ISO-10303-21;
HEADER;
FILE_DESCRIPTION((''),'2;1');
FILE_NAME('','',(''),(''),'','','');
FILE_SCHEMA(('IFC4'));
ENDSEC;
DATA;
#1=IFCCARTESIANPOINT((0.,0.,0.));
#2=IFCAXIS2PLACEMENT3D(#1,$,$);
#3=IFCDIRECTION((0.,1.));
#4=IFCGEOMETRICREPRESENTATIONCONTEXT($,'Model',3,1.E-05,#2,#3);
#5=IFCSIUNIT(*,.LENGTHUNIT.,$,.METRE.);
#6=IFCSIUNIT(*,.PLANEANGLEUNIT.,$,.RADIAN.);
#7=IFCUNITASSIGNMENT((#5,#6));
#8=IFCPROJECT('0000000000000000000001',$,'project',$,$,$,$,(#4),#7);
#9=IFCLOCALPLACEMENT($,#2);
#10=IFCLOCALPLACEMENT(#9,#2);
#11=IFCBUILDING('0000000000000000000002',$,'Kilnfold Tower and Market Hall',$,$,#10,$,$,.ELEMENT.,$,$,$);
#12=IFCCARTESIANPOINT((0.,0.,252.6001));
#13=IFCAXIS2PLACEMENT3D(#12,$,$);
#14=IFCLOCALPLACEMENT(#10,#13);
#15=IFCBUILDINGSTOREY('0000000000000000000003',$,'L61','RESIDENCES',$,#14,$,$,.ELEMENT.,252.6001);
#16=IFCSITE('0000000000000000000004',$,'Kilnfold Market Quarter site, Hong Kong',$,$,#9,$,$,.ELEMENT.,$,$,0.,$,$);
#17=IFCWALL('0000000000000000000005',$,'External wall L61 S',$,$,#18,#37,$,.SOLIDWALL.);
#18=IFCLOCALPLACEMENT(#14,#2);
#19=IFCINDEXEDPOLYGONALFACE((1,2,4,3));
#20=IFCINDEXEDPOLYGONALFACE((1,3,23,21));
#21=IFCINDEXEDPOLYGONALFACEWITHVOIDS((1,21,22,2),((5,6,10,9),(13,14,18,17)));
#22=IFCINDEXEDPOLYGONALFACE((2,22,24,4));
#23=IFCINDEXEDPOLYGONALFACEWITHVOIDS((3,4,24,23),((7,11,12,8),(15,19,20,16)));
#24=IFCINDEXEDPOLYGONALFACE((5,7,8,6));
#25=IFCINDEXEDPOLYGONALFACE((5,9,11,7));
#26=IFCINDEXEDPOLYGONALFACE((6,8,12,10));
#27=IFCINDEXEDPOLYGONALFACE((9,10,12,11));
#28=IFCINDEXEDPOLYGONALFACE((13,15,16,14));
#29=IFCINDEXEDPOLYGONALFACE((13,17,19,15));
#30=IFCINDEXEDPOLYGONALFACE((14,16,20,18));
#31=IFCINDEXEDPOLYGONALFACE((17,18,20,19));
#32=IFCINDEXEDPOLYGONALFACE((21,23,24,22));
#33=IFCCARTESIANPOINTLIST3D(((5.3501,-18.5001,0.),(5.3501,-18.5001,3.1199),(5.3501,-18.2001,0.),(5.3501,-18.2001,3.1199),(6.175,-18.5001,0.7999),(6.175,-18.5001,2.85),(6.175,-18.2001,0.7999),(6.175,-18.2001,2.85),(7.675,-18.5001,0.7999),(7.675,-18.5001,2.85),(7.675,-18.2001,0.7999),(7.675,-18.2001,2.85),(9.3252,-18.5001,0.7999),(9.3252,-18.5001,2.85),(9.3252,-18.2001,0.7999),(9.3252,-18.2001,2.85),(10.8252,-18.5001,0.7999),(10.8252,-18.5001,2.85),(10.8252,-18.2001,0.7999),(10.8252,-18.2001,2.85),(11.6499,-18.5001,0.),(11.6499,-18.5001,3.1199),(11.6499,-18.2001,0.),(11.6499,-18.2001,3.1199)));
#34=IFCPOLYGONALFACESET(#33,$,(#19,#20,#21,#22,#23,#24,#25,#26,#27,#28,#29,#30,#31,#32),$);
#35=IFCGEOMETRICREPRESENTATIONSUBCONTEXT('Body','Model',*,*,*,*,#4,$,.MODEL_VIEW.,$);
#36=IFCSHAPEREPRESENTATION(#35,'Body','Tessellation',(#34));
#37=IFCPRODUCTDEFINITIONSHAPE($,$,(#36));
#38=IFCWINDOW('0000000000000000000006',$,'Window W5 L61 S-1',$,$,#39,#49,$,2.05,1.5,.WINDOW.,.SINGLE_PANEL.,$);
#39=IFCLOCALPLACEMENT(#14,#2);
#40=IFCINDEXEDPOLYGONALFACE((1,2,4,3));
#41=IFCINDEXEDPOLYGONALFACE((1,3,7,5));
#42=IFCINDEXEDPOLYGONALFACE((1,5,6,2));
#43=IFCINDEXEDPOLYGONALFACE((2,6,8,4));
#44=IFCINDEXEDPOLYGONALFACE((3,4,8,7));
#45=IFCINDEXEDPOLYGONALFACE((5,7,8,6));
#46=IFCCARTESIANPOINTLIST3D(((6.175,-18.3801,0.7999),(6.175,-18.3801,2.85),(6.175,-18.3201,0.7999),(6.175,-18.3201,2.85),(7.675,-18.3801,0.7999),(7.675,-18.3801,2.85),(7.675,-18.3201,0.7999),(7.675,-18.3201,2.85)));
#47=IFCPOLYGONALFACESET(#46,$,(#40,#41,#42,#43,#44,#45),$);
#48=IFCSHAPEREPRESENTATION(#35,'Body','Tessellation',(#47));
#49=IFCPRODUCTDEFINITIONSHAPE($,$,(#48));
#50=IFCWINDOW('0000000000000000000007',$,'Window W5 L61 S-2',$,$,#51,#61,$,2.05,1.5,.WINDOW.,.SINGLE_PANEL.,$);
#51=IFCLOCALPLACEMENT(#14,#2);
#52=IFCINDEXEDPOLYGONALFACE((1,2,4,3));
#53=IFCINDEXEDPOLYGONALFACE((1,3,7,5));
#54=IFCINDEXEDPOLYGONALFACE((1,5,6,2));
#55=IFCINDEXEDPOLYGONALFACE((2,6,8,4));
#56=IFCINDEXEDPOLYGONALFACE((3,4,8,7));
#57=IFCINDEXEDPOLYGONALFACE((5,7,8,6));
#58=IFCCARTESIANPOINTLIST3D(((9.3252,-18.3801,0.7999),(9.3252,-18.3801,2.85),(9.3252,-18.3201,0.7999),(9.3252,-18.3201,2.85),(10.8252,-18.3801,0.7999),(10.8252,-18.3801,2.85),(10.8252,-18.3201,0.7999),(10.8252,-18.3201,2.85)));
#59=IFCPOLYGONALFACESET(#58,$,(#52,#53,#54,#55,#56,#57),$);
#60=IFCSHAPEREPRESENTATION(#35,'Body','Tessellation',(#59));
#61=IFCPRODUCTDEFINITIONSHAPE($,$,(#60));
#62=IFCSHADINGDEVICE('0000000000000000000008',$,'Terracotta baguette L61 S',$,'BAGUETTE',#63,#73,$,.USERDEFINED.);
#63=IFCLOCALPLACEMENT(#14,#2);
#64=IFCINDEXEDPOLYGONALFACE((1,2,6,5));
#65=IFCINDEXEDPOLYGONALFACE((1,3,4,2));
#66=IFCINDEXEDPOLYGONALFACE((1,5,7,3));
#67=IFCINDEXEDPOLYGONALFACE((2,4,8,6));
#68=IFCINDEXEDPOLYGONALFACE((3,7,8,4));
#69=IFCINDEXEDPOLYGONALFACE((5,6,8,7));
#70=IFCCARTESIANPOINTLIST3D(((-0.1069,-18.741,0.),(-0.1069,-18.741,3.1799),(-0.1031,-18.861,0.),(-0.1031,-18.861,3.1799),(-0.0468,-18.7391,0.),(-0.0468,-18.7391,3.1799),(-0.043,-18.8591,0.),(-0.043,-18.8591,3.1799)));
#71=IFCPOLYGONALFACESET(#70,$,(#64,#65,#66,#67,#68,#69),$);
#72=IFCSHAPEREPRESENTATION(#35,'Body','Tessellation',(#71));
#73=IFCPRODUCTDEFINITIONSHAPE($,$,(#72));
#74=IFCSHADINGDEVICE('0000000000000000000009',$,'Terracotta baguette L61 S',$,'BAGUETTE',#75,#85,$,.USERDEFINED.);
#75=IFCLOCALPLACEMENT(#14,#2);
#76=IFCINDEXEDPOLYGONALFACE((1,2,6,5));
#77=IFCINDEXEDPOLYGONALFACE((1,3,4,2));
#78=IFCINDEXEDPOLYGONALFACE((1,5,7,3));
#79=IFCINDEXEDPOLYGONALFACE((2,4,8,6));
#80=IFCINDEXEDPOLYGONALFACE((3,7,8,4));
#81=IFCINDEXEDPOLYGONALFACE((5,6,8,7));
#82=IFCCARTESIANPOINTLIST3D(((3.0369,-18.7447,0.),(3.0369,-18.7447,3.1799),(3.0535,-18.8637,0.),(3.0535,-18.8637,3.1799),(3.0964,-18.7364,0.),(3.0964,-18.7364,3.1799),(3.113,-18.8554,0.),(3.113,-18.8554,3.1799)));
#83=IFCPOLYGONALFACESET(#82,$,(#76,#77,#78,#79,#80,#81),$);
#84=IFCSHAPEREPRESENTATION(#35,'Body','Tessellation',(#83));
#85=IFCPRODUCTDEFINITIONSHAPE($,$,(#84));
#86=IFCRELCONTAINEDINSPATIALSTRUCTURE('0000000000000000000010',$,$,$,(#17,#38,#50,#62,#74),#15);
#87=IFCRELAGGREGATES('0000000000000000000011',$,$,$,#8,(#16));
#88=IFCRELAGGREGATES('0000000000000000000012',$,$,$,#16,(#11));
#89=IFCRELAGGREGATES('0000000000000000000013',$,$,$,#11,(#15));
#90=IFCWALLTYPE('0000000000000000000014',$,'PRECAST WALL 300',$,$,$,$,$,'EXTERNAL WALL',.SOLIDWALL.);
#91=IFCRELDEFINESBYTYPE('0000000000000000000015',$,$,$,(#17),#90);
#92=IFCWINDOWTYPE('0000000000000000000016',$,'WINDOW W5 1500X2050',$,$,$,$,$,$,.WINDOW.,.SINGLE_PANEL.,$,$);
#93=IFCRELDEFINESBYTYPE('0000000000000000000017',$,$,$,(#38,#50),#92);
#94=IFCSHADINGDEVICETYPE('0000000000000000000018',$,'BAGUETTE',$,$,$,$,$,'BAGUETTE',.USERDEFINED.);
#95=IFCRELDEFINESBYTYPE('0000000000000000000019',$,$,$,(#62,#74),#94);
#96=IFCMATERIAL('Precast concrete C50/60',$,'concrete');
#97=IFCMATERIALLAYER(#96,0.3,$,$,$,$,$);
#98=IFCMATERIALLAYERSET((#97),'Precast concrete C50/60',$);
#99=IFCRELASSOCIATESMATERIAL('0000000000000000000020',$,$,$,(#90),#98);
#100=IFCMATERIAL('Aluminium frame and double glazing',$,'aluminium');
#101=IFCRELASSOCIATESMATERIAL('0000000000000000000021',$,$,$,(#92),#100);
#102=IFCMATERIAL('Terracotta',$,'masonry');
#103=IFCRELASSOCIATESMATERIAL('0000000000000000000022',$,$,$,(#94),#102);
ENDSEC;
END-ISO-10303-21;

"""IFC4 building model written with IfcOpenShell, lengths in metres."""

from ifc_helpers import new_model, si_unit, direction, frame, frame_2d, origin, origin_2d, place, context, subcontext, project, spatial, rectangle, extrude, source, transform, mapped, material, layer, layer_set, material_profile, profile_set, type_object, element, fill, save


model = new_model("IFC4")

# Units and contexts
model_context = context("Model", 3, precision=1e-05, world=origin(), true_north=direction((0.0, 1.0)))
body_context = subcontext(model_context, "Body", "Model", "MODEL_VIEW")
ifc_project = project(units=[si_unit("LENGTHUNIT", "METRE"), si_unit("PLANEANGLEUNIT", "RADIAN")], contexts=[model_context])

# Site, building, storey
site_placement = place(None, origin())
site = spatial("IfcSite", under=ifc_project, at=site_placement, Name="Kilnfold Market Quarter site, Hong Kong", CompositionType="ELEMENT", RefElevation=0.0)
building_placement = place(site_placement, origin())
building = spatial("IfcBuilding", under=site, at=building_placement, Name="Kilnfold Tower and Market Hall", CompositionType="ELEMENT")
storey_placement = place(building_placement, frame((0.0, 0.0, 252.6001)))
storey = spatial("IfcBuildingStorey", under=building, at=storey_placement, Name="L61", Description="RESIDENCES", CompositionType="ELEMENT", Elevation=252.6001)

# Wall, openings, windows
ifc_material_1 = material(Name="Precast concrete C50/60", Category="concrete")
ifc_layer_1 = layer(ifc_material_1, 0.3)
ifc_layer_set_1 = layer_set([ifc_layer_1], Name="Precast concrete C50/60")
wall_type_1 = type_object("IfcWallType", Name="PRECAST WALL 300", ElementType="EXTERNAL WALL", PredefinedType="SOLIDWALL", material=ifc_layer_set_1)
shared_shape_1 = source(origin(), body_context, "Body", "SweptSolid", [
    extrude(rectangle(XDim=6.2998, YDim=0.3, at=frame_2d((3.1499, 0.0))), origin(), (0.0, 0.0, 1.0), 3.1199),
])
ifc_material_2 = material(Name="Aluminium frame and double glazing", Category="aluminium")
window_type = type_object("IfcWindowType", Name="WINDOW W5 1500X2050", PartitioningType="SINGLE_PANEL", PredefinedType="WINDOW", material=ifc_material_2)
wall_1_placement = place(storey_placement, frame((5.3501, -18.3501, 0.0), z_axis=(0.0, 0.0, 1.0), x_axis=(1.0, 0.0, 0.0)))
wall_1 = element("IfcWall", 1, at=wall_1_placement, inside=storey, type_object=wall_type_1, Name="External wall L61 S", PredefinedType="SOLIDWALL", context=body_context, shape_type="MappedRepresentation", body=[
    mapped(shared_shape_1, transform((0.0, 0.0, 0.0))),
])
opening_1_placement = place(wall_1_placement, frame((0.825, 0.0, 0.8)))
opening_1 = element("IfcOpeningElement", 2, at=opening_1_placement, cuts=wall_1, PredefinedType="OPENING", context=body_context, shape_type="SweptSolid", body=[
    extrude(rectangle(XDim=1.5, YDim=2.05, at=frame_2d((0.75, 1.0249))), frame((0.0, 0.1602, 0.0), z_axis=(0.0, -1.0, 0.0), x_axis=(1.0, 0.0, 0.0)), (0.0, 0.0, 1.0), 0.3201),
])
opening_2_placement = place(wall_1_placement, frame((3.9751, 0.0, 0.8)))
opening_2 = element("IfcOpeningElement", 3, at=opening_2_placement, cuts=wall_1, PredefinedType="OPENING", context=body_context, shape_type="SweptSolid", body=[
    extrude(rectangle(XDim=1.5, YDim=2.05, at=frame_2d((0.75, 1.0249))), frame((0.0, 0.1602, 0.0), z_axis=(0.0, -1.0, 0.0), x_axis=(1.0, 0.0, 0.0)), (0.0, 0.0, 1.0), 0.3201),
])
window_1_placement = place(opening_1_placement, origin())
window_1 = element("IfcWindow", 4, at=window_1_placement, inside=storey, type_object=window_type, Name="Window W5 L61 S-1", OverallHeight=2.05, OverallWidth=1.5, PartitioningType="SINGLE_PANEL", PredefinedType="WINDOW", context=body_context, shape_type="SweptSolid", body=[
    extrude(rectangle(XDim=1.5, YDim=2.05, at=frame_2d((0.75, 1.0249))), frame((0.0, 0.03, 0.0), z_axis=(0.0, -1.0, 0.0), x_axis=(1.0, 0.0, 0.0)), (0.0, 0.0, 1.0), 0.0601),
])
fill(opening_1, window_1)
window_2_placement = place(opening_2_placement, origin())
window_2 = element("IfcWindow", 5, at=window_2_placement, inside=storey, type_object=window_type, Name="Window W5 L61 S-2", OverallHeight=2.05, OverallWidth=1.5, PartitioningType="SINGLE_PANEL", PredefinedType="WINDOW", context=body_context, shape_type="SweptSolid", body=[
    extrude(rectangle(XDim=1.5, YDim=2.05, at=frame_2d((0.75, 1.0249))), frame((0.0, 0.03, 0.0), z_axis=(0.0, -1.0, 0.0), x_axis=(1.0, 0.0, 0.0)), (0.0, 0.0, 1.0), 0.0601),
])
fill(opening_2, window_2)

# Shading devices
ifc_material_3 = material(Name="Terracotta", Category="masonry")
ifc_material_profile_1 = material_profile(ifc_material_3, rectangle(XDim=0.0601, YDim=0.1201, at=origin_2d()), Name="BAG 60x120")
ifc_profile_set_1 = profile_set([ifc_material_profile_1], Name="Terracotta")
shading_device_type = type_object("IfcShadingDeviceType", Name="BAGUETTE", ElementType="BAGUETTE", PredefinedType="USERDEFINED", material=ifc_profile_set_1)
shared_shape_2 = source(origin(), body_context, "Body", "SweptSolid", [
    extrude(rectangle(XDim=0.0601, YDim=0.1201, at=origin_2d()), origin(), (0.0, 0.0, 1.0), 3.1799),
])
for number, where, z_axis, x_axis, name in (
    (6, (-0.075, -18.8, 0.0), (0.0, 0.0, 1.0), (0.999496, 0.031735, 0.0), "Terracotta baguette L61 S"),
    (7, (3.075, -18.8, 0.0), (0.0, 0.0, 1.0), (0.990319, 0.138812, 0.0), "Terracotta baguette L61 S"),
):
    element("IfcShadingDevice", number, at=place(storey_placement, frame(where, z_axis=z_axis, x_axis=x_axis)), inside=storey, type_object=shading_device_type, Name=name, ObjectType="BAGUETTE", PredefinedType="USERDEFINED", context=body_context, shape_type="MappedRepresentation", body=[
        mapped(shared_shape_2, transform((0.0, 0.0, 0.0))),
    ])

save(model, "model.ifc")
